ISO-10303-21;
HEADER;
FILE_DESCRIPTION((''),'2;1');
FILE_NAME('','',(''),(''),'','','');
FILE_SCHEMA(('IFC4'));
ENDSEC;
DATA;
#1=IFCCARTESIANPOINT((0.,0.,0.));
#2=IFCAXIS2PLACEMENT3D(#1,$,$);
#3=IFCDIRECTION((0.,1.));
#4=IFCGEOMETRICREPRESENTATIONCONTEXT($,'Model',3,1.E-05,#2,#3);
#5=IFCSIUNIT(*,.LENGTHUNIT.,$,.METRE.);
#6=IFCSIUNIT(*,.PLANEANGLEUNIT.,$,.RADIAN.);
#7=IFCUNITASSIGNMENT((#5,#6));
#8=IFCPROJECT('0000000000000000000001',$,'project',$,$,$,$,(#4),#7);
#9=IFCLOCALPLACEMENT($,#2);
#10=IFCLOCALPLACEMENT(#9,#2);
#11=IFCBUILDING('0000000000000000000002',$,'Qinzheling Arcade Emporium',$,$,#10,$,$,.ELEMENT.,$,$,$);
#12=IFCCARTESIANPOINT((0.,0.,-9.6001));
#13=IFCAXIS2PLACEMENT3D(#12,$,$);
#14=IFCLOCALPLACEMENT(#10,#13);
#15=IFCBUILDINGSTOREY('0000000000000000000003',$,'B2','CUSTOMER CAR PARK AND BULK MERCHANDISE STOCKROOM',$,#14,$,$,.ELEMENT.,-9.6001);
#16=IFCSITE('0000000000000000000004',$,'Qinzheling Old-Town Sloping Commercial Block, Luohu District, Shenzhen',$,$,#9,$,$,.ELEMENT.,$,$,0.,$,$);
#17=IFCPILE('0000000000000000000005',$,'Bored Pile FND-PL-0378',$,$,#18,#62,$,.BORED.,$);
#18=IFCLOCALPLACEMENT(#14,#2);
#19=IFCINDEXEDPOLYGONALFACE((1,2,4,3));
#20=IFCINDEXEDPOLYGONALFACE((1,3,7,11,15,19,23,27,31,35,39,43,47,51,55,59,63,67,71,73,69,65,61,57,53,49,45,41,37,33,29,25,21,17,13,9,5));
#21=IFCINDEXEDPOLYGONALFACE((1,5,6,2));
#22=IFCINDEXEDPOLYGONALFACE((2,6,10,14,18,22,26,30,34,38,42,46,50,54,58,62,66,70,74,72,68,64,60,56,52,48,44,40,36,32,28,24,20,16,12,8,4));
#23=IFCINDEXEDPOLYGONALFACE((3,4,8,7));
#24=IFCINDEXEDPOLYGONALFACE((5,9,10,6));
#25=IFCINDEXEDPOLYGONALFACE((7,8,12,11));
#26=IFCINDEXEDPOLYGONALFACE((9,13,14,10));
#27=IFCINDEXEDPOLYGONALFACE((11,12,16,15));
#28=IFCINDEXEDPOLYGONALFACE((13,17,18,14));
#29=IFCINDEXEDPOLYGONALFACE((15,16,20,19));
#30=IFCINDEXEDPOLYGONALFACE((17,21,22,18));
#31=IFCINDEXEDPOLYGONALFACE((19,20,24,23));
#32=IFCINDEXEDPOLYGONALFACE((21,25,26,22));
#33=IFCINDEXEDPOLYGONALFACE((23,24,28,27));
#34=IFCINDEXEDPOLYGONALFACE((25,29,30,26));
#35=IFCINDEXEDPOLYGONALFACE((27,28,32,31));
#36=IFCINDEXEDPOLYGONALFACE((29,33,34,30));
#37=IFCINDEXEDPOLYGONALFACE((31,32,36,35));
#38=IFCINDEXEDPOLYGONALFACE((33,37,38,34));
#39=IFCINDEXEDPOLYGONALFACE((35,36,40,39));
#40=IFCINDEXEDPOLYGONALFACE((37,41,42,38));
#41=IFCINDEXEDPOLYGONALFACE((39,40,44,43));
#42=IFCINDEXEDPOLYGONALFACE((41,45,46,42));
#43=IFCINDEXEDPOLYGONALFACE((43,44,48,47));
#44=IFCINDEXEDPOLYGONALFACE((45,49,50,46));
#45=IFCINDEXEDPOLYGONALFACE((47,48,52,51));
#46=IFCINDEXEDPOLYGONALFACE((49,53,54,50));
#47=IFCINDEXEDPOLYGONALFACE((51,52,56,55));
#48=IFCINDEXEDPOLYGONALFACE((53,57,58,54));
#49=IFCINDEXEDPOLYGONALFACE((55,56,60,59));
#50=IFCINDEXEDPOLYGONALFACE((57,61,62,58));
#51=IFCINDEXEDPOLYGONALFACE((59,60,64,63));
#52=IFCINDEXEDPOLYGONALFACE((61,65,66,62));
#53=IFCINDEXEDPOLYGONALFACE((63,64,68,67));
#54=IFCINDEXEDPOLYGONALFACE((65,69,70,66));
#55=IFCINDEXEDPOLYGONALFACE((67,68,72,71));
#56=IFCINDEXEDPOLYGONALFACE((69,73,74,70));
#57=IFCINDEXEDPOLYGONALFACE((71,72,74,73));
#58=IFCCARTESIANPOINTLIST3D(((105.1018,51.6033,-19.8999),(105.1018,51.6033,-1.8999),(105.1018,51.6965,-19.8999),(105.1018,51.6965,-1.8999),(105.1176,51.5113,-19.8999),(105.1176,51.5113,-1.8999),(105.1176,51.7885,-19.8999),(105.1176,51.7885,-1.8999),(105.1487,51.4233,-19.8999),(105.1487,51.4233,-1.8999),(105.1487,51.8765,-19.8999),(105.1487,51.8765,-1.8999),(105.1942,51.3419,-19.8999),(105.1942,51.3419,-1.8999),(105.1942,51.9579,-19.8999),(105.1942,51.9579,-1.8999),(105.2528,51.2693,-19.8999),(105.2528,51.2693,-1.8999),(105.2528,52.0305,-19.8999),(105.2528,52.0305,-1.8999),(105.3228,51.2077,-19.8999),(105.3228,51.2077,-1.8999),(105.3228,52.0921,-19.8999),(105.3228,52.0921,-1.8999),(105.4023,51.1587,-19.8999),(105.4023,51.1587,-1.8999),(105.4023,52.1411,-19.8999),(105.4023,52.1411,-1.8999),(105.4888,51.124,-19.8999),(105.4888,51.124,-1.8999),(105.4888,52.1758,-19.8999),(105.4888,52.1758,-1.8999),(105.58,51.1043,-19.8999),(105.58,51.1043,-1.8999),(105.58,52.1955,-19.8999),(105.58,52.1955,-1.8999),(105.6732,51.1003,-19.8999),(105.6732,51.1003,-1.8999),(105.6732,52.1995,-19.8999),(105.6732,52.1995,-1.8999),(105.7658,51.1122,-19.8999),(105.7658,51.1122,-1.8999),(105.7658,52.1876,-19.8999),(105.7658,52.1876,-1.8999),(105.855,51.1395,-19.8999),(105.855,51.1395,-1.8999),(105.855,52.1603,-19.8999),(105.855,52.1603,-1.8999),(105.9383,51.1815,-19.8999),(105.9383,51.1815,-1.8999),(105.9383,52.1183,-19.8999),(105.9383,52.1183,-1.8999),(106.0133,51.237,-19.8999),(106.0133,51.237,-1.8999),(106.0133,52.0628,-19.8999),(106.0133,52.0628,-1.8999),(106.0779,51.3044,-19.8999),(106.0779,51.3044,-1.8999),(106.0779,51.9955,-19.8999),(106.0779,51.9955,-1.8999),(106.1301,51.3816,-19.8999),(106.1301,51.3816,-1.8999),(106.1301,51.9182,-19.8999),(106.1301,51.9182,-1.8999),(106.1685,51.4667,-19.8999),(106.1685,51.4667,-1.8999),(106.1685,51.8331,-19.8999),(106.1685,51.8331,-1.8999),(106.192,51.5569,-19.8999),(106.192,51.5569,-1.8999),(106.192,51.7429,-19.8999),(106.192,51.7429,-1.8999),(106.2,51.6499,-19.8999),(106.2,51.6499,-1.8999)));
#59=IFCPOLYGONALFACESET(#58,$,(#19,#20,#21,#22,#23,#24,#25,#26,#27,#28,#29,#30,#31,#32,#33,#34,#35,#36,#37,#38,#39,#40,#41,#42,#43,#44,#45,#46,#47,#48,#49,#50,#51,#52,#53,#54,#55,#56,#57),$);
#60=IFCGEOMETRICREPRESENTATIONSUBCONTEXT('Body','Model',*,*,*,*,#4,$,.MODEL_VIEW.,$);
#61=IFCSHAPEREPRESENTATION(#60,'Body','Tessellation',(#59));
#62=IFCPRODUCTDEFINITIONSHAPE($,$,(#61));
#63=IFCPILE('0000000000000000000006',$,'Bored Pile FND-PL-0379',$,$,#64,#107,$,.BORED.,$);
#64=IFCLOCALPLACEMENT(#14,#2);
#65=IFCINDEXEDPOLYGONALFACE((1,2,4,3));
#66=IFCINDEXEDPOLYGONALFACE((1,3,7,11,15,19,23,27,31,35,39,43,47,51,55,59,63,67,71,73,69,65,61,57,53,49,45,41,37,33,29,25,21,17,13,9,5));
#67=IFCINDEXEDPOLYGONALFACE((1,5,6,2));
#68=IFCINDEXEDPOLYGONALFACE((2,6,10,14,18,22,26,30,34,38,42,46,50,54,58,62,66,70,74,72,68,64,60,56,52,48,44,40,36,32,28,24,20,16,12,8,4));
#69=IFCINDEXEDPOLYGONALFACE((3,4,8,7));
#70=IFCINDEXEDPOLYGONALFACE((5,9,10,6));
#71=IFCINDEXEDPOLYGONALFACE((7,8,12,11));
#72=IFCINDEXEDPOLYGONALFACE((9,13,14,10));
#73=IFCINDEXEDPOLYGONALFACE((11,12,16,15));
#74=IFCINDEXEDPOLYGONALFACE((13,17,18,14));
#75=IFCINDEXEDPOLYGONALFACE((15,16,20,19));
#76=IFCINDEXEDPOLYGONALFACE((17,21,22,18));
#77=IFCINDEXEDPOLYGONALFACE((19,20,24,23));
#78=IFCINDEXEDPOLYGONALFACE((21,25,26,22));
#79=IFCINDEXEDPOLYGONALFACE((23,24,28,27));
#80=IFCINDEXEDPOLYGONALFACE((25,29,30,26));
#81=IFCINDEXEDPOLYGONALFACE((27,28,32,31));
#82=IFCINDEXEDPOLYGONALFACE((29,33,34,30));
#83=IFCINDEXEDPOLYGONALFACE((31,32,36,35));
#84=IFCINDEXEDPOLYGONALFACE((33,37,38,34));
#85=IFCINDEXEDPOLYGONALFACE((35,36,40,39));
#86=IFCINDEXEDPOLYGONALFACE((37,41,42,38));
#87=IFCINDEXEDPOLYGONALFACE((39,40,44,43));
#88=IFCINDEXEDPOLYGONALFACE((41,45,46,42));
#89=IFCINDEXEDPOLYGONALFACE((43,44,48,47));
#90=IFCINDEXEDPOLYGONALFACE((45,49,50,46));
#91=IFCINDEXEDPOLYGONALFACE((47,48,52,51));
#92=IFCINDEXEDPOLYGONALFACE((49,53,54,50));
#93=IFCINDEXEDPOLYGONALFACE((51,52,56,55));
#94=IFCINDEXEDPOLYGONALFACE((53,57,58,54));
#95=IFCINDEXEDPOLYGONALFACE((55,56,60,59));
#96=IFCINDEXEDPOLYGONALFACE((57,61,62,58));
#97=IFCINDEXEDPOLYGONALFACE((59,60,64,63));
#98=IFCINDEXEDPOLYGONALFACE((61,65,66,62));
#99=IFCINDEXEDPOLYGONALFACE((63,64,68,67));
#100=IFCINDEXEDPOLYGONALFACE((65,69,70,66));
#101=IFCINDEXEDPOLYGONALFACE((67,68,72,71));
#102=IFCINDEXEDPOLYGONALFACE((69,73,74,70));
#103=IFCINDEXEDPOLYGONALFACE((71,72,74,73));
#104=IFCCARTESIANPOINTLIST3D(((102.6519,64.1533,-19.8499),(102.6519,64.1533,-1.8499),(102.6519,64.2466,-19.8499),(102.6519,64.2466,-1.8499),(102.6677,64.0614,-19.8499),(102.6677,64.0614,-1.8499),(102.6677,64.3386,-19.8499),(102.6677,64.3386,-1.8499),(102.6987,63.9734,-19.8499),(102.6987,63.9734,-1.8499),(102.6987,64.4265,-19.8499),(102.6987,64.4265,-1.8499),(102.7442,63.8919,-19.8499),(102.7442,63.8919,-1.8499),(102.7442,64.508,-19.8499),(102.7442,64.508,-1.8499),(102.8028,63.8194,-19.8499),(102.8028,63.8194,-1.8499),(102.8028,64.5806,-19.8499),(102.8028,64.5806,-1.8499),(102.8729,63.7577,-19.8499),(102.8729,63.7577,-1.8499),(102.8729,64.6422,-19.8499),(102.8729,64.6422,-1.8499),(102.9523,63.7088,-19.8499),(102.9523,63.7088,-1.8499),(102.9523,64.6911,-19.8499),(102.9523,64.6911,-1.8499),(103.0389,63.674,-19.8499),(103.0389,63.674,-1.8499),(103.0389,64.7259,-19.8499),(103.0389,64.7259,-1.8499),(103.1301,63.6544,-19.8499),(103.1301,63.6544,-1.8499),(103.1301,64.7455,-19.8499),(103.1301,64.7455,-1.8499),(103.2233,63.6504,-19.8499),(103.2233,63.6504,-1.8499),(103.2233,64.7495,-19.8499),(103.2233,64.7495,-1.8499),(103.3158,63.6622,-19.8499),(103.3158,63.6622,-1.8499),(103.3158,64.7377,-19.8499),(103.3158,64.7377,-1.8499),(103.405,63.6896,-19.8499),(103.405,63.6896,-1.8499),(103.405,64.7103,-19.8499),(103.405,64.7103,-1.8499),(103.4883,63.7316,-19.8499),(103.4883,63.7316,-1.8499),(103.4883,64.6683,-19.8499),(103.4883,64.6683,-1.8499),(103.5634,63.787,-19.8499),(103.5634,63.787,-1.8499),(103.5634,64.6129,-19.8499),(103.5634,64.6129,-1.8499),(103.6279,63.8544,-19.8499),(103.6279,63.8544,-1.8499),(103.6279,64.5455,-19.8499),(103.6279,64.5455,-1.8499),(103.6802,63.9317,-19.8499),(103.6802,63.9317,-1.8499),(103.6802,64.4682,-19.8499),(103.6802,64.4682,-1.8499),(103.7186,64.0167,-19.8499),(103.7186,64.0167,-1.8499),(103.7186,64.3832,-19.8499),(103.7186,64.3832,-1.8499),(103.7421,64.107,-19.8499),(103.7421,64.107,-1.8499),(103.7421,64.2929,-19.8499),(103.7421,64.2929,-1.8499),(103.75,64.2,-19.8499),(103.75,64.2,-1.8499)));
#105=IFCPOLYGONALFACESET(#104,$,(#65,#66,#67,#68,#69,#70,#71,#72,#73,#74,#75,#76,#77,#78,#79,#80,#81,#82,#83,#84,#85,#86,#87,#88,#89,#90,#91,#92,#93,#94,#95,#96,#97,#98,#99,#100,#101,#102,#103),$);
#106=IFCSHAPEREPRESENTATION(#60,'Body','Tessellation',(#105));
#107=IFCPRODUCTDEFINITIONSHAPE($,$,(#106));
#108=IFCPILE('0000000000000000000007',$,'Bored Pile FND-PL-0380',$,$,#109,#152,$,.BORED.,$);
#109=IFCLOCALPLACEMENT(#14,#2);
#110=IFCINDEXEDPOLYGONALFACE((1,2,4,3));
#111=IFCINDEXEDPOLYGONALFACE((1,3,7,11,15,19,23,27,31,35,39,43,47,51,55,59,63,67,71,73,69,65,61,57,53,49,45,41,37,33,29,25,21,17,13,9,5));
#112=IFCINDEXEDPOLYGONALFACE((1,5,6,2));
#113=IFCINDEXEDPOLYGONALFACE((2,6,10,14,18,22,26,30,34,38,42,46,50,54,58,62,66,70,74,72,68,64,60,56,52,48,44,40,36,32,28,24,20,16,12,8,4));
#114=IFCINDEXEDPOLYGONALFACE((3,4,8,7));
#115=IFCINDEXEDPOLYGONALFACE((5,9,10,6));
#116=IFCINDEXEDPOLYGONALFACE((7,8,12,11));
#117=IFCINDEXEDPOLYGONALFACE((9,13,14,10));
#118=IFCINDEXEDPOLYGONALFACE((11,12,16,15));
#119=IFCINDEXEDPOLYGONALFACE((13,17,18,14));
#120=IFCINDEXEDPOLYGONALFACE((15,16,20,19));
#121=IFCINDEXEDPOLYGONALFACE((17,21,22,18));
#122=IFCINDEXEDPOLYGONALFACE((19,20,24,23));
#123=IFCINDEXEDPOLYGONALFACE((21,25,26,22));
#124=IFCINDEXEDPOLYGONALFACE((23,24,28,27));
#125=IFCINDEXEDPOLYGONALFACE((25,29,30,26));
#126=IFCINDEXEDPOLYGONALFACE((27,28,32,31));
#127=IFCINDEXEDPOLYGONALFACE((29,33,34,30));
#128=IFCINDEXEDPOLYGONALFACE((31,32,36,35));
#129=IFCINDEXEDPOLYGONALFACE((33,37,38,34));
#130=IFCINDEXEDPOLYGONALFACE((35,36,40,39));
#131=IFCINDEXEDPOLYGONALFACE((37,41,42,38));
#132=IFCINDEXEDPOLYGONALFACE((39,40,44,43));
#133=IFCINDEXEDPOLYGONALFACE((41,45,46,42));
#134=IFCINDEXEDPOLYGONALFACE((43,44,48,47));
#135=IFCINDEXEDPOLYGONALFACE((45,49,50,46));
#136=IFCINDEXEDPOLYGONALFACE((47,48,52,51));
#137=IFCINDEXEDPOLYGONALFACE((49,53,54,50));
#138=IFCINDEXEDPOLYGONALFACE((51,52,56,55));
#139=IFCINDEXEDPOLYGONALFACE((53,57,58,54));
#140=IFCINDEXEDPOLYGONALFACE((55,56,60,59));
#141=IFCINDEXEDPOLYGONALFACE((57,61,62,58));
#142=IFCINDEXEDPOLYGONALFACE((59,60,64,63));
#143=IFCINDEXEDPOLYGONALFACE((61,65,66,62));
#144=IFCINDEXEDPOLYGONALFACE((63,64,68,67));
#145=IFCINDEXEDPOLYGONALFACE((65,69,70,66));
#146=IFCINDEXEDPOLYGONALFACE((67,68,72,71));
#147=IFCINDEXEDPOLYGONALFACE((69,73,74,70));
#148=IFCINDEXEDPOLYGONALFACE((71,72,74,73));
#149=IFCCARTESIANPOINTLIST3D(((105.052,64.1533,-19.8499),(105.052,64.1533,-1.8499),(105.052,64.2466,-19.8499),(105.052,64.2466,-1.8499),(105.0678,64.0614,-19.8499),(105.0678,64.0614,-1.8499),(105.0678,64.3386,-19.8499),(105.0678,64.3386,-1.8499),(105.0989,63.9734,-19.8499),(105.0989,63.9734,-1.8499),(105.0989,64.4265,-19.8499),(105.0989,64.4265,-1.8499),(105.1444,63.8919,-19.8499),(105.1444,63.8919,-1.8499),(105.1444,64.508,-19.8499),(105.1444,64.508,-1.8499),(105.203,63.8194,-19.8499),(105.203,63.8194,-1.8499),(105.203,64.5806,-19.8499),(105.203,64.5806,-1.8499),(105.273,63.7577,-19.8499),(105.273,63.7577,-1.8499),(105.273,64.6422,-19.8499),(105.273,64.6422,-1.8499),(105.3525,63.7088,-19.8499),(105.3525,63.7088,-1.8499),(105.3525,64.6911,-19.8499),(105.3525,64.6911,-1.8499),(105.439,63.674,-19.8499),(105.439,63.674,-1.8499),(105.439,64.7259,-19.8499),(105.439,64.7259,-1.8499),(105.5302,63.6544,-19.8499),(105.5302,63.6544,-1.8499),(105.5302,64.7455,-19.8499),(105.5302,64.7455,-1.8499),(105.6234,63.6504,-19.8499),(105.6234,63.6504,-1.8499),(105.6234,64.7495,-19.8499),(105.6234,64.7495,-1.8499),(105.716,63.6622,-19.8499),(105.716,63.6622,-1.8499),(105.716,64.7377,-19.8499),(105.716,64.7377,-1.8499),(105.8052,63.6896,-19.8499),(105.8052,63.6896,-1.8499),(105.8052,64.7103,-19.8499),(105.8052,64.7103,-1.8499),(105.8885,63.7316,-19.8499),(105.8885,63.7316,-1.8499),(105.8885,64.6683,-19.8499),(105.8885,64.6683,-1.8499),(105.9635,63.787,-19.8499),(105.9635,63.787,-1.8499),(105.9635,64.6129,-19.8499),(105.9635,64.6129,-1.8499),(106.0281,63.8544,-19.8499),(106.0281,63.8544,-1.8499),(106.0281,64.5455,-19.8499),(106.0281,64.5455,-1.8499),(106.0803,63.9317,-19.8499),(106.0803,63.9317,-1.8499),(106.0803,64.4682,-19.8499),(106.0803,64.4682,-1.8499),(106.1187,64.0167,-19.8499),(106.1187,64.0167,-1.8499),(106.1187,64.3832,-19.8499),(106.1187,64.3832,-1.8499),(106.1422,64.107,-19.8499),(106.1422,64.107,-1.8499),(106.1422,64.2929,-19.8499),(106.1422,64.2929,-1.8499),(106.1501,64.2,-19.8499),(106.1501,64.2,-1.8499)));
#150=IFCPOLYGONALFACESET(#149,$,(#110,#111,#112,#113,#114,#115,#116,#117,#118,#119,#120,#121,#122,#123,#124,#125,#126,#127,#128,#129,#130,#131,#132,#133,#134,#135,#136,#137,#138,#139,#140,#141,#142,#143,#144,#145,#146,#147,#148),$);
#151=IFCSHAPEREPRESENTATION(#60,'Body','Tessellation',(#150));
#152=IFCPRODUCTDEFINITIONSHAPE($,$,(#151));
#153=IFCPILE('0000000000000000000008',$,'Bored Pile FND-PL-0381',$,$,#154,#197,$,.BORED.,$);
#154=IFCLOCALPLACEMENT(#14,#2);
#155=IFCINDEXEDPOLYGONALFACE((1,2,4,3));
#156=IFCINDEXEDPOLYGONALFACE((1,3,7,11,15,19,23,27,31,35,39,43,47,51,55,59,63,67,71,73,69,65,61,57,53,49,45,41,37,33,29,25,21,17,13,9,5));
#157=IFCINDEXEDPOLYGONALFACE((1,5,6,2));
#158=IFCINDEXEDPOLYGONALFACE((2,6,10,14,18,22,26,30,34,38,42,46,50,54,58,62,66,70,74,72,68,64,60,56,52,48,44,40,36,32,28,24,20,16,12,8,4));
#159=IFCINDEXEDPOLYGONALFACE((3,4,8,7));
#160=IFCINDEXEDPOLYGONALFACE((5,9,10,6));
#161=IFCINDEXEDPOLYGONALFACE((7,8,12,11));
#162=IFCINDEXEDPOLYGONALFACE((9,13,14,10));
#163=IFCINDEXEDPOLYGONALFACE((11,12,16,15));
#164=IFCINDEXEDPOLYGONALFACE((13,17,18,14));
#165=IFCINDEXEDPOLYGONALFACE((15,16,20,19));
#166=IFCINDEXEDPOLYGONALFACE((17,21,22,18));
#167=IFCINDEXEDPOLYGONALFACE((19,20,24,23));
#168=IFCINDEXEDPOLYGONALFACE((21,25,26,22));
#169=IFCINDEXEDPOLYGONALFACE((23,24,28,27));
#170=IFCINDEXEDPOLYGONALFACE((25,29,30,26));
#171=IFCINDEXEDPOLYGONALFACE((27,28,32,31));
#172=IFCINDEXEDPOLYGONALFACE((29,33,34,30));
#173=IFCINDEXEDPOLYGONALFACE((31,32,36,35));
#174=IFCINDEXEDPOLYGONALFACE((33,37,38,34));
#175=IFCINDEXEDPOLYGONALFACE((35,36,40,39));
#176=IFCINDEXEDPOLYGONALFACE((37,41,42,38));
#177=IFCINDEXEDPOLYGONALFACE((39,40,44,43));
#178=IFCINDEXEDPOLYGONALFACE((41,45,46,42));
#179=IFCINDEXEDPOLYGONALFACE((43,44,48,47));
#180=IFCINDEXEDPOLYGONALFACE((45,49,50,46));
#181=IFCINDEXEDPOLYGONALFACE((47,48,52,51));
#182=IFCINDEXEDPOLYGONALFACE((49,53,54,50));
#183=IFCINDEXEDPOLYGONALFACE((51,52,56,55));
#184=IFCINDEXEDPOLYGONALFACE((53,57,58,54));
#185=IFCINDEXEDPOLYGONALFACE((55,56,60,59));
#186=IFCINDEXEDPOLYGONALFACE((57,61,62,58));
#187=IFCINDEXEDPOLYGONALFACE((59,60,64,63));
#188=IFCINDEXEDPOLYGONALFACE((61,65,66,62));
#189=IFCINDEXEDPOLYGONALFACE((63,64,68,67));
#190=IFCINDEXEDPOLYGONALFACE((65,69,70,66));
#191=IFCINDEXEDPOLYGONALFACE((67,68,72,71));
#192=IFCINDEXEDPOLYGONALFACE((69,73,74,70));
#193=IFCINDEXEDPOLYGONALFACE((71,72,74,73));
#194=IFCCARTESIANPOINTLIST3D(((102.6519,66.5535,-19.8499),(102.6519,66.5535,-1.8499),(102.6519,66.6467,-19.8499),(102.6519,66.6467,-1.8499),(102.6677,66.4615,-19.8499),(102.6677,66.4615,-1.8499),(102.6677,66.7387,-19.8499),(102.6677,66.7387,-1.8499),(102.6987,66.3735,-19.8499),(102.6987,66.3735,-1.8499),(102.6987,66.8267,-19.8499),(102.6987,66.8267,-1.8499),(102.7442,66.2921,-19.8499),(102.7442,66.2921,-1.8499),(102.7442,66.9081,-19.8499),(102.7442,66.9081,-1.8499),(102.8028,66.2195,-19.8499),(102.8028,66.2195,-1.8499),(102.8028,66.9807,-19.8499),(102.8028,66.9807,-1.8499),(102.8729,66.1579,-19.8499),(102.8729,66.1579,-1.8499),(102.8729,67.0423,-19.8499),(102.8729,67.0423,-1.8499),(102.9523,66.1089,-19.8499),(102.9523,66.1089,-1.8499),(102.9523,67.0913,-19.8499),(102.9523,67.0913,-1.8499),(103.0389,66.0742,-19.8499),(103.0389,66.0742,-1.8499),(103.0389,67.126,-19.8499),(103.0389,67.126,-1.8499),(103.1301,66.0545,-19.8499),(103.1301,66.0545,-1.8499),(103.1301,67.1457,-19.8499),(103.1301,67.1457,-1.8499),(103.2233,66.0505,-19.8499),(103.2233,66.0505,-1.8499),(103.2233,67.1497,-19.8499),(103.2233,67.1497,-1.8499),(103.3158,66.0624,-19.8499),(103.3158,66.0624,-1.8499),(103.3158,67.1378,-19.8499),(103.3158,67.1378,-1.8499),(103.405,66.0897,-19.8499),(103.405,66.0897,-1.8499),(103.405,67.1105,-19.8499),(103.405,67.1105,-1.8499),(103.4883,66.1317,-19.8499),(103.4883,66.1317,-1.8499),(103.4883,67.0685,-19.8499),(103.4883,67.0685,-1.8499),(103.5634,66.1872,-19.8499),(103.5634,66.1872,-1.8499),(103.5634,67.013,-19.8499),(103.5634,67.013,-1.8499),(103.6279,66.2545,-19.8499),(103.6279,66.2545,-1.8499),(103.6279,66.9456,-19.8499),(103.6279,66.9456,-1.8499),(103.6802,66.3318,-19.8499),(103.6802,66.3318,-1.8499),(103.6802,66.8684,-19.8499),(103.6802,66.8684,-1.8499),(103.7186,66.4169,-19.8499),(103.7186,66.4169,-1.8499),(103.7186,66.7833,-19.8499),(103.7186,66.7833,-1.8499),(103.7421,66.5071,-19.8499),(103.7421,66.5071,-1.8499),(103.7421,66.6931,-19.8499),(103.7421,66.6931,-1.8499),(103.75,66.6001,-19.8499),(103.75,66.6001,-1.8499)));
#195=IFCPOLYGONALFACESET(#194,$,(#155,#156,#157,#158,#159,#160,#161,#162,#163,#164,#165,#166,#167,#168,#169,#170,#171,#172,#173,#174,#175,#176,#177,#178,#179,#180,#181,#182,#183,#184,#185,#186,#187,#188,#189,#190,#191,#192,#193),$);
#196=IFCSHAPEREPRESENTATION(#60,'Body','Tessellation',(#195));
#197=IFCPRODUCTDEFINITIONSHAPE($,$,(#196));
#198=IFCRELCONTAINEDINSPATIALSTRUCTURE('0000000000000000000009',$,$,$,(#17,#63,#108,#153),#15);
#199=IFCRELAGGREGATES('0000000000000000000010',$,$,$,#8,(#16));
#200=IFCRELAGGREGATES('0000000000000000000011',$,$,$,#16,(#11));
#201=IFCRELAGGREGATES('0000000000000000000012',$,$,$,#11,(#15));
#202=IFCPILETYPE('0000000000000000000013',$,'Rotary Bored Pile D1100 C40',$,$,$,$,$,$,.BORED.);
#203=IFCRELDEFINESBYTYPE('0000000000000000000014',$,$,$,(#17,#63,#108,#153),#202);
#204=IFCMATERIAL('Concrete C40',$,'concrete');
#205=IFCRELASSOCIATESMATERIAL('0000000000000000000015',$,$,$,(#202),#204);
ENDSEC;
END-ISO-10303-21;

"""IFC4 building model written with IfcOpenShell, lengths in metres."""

from ifc_helpers import new_model, si_unit, direction, frame, origin, origin_2d, place, context, subcontext, project, spatial, circle, extrude, material, material_profile, profile_set, type_object, element, save


model = new_model("IFC4")

# Units and contexts
model_context = context("Model", 3, precision=1e-05, world=origin(), true_north=direction((0.0, 1.0)))
body_context = subcontext(model_context, "Body", "Model", "MODEL_VIEW")
ifc_project = project(units=[si_unit("LENGTHUNIT", "METRE"), si_unit("PLANEANGLEUNIT", "RADIAN")], contexts=[model_context])

# Site, building, storey
site_placement = place(None, origin())
site = spatial("IfcSite", under=ifc_project, at=site_placement, Name="Qinzheling Old-Town Sloping Commercial Block, Luohu District, Shenzhen", CompositionType="ELEMENT", RefElevation=0.0)
building_placement = place(site_placement, origin())
building = spatial("IfcBuilding", under=site, at=building_placement, Name="Qinzheling Arcade Emporium", CompositionType="ELEMENT")
storey_placement = place(building_placement, frame((0.0, 0.0, -9.6001)))
storey = spatial("IfcBuildingStorey", under=building, at=storey_placement, Name="B2", Description="CUSTOMER CAR PARK AND BULK MERCHANDISE STOCKROOM", CompositionType="ELEMENT", Elevation=-9.6001)

# Shared definitions
ifc_material_1 = material(Name="Concrete C40", Category="concrete")

# Piles
ifc_material_profile_1 = material_profile(ifc_material_1, circle(Radius=0.55, at=origin_2d()), Name="BORED D1100", Category="concrete")
ifc_profile_set_1 = profile_set([ifc_material_profile_1], Name="Concrete C40")
pile_type_1 = type_object("IfcPileType", Name="Rotary Bored Pile D1100 C40", PredefinedType="BORED", material=ifc_profile_set_1)
for number, where, z_axis, x_axis, name in (
    (1, (105.6499, 51.6499, -1.8999), (0.0, 0.0, -1.0), (1.0, 0.0, 0.0), "Bored Pile FND-PL-0378"),
    (2, (103.2, 64.2, -1.8499), (0.0, 0.0, -1.0), (1.0, 0.0, 0.0), "Bored Pile FND-PL-0379"),
    (3, (105.6001, 64.2, -1.8499), (0.0, 0.0, -1.0), (1.0, 0.0, 0.0), "Bored Pile FND-PL-0380"),
    (4, (103.2, 66.6001, -1.8499), (0.0, 0.0, -1.0), (1.0, 0.0, 0.0), "Bored Pile FND-PL-0381"),
):
    element("IfcPile", number, at=place(storey_placement, frame(where, z_axis=z_axis, x_axis=x_axis)), inside=storey, type_object=pile_type_1, Name=name, PredefinedType="BORED", context=body_context, shape_type="SweptSolid", body=[
        extrude(circle(Radius=0.55, at=origin_2d()), origin(), (0.0, 0.0, 1.0), 18.0),
    ])

save(model, "model.ifc")
